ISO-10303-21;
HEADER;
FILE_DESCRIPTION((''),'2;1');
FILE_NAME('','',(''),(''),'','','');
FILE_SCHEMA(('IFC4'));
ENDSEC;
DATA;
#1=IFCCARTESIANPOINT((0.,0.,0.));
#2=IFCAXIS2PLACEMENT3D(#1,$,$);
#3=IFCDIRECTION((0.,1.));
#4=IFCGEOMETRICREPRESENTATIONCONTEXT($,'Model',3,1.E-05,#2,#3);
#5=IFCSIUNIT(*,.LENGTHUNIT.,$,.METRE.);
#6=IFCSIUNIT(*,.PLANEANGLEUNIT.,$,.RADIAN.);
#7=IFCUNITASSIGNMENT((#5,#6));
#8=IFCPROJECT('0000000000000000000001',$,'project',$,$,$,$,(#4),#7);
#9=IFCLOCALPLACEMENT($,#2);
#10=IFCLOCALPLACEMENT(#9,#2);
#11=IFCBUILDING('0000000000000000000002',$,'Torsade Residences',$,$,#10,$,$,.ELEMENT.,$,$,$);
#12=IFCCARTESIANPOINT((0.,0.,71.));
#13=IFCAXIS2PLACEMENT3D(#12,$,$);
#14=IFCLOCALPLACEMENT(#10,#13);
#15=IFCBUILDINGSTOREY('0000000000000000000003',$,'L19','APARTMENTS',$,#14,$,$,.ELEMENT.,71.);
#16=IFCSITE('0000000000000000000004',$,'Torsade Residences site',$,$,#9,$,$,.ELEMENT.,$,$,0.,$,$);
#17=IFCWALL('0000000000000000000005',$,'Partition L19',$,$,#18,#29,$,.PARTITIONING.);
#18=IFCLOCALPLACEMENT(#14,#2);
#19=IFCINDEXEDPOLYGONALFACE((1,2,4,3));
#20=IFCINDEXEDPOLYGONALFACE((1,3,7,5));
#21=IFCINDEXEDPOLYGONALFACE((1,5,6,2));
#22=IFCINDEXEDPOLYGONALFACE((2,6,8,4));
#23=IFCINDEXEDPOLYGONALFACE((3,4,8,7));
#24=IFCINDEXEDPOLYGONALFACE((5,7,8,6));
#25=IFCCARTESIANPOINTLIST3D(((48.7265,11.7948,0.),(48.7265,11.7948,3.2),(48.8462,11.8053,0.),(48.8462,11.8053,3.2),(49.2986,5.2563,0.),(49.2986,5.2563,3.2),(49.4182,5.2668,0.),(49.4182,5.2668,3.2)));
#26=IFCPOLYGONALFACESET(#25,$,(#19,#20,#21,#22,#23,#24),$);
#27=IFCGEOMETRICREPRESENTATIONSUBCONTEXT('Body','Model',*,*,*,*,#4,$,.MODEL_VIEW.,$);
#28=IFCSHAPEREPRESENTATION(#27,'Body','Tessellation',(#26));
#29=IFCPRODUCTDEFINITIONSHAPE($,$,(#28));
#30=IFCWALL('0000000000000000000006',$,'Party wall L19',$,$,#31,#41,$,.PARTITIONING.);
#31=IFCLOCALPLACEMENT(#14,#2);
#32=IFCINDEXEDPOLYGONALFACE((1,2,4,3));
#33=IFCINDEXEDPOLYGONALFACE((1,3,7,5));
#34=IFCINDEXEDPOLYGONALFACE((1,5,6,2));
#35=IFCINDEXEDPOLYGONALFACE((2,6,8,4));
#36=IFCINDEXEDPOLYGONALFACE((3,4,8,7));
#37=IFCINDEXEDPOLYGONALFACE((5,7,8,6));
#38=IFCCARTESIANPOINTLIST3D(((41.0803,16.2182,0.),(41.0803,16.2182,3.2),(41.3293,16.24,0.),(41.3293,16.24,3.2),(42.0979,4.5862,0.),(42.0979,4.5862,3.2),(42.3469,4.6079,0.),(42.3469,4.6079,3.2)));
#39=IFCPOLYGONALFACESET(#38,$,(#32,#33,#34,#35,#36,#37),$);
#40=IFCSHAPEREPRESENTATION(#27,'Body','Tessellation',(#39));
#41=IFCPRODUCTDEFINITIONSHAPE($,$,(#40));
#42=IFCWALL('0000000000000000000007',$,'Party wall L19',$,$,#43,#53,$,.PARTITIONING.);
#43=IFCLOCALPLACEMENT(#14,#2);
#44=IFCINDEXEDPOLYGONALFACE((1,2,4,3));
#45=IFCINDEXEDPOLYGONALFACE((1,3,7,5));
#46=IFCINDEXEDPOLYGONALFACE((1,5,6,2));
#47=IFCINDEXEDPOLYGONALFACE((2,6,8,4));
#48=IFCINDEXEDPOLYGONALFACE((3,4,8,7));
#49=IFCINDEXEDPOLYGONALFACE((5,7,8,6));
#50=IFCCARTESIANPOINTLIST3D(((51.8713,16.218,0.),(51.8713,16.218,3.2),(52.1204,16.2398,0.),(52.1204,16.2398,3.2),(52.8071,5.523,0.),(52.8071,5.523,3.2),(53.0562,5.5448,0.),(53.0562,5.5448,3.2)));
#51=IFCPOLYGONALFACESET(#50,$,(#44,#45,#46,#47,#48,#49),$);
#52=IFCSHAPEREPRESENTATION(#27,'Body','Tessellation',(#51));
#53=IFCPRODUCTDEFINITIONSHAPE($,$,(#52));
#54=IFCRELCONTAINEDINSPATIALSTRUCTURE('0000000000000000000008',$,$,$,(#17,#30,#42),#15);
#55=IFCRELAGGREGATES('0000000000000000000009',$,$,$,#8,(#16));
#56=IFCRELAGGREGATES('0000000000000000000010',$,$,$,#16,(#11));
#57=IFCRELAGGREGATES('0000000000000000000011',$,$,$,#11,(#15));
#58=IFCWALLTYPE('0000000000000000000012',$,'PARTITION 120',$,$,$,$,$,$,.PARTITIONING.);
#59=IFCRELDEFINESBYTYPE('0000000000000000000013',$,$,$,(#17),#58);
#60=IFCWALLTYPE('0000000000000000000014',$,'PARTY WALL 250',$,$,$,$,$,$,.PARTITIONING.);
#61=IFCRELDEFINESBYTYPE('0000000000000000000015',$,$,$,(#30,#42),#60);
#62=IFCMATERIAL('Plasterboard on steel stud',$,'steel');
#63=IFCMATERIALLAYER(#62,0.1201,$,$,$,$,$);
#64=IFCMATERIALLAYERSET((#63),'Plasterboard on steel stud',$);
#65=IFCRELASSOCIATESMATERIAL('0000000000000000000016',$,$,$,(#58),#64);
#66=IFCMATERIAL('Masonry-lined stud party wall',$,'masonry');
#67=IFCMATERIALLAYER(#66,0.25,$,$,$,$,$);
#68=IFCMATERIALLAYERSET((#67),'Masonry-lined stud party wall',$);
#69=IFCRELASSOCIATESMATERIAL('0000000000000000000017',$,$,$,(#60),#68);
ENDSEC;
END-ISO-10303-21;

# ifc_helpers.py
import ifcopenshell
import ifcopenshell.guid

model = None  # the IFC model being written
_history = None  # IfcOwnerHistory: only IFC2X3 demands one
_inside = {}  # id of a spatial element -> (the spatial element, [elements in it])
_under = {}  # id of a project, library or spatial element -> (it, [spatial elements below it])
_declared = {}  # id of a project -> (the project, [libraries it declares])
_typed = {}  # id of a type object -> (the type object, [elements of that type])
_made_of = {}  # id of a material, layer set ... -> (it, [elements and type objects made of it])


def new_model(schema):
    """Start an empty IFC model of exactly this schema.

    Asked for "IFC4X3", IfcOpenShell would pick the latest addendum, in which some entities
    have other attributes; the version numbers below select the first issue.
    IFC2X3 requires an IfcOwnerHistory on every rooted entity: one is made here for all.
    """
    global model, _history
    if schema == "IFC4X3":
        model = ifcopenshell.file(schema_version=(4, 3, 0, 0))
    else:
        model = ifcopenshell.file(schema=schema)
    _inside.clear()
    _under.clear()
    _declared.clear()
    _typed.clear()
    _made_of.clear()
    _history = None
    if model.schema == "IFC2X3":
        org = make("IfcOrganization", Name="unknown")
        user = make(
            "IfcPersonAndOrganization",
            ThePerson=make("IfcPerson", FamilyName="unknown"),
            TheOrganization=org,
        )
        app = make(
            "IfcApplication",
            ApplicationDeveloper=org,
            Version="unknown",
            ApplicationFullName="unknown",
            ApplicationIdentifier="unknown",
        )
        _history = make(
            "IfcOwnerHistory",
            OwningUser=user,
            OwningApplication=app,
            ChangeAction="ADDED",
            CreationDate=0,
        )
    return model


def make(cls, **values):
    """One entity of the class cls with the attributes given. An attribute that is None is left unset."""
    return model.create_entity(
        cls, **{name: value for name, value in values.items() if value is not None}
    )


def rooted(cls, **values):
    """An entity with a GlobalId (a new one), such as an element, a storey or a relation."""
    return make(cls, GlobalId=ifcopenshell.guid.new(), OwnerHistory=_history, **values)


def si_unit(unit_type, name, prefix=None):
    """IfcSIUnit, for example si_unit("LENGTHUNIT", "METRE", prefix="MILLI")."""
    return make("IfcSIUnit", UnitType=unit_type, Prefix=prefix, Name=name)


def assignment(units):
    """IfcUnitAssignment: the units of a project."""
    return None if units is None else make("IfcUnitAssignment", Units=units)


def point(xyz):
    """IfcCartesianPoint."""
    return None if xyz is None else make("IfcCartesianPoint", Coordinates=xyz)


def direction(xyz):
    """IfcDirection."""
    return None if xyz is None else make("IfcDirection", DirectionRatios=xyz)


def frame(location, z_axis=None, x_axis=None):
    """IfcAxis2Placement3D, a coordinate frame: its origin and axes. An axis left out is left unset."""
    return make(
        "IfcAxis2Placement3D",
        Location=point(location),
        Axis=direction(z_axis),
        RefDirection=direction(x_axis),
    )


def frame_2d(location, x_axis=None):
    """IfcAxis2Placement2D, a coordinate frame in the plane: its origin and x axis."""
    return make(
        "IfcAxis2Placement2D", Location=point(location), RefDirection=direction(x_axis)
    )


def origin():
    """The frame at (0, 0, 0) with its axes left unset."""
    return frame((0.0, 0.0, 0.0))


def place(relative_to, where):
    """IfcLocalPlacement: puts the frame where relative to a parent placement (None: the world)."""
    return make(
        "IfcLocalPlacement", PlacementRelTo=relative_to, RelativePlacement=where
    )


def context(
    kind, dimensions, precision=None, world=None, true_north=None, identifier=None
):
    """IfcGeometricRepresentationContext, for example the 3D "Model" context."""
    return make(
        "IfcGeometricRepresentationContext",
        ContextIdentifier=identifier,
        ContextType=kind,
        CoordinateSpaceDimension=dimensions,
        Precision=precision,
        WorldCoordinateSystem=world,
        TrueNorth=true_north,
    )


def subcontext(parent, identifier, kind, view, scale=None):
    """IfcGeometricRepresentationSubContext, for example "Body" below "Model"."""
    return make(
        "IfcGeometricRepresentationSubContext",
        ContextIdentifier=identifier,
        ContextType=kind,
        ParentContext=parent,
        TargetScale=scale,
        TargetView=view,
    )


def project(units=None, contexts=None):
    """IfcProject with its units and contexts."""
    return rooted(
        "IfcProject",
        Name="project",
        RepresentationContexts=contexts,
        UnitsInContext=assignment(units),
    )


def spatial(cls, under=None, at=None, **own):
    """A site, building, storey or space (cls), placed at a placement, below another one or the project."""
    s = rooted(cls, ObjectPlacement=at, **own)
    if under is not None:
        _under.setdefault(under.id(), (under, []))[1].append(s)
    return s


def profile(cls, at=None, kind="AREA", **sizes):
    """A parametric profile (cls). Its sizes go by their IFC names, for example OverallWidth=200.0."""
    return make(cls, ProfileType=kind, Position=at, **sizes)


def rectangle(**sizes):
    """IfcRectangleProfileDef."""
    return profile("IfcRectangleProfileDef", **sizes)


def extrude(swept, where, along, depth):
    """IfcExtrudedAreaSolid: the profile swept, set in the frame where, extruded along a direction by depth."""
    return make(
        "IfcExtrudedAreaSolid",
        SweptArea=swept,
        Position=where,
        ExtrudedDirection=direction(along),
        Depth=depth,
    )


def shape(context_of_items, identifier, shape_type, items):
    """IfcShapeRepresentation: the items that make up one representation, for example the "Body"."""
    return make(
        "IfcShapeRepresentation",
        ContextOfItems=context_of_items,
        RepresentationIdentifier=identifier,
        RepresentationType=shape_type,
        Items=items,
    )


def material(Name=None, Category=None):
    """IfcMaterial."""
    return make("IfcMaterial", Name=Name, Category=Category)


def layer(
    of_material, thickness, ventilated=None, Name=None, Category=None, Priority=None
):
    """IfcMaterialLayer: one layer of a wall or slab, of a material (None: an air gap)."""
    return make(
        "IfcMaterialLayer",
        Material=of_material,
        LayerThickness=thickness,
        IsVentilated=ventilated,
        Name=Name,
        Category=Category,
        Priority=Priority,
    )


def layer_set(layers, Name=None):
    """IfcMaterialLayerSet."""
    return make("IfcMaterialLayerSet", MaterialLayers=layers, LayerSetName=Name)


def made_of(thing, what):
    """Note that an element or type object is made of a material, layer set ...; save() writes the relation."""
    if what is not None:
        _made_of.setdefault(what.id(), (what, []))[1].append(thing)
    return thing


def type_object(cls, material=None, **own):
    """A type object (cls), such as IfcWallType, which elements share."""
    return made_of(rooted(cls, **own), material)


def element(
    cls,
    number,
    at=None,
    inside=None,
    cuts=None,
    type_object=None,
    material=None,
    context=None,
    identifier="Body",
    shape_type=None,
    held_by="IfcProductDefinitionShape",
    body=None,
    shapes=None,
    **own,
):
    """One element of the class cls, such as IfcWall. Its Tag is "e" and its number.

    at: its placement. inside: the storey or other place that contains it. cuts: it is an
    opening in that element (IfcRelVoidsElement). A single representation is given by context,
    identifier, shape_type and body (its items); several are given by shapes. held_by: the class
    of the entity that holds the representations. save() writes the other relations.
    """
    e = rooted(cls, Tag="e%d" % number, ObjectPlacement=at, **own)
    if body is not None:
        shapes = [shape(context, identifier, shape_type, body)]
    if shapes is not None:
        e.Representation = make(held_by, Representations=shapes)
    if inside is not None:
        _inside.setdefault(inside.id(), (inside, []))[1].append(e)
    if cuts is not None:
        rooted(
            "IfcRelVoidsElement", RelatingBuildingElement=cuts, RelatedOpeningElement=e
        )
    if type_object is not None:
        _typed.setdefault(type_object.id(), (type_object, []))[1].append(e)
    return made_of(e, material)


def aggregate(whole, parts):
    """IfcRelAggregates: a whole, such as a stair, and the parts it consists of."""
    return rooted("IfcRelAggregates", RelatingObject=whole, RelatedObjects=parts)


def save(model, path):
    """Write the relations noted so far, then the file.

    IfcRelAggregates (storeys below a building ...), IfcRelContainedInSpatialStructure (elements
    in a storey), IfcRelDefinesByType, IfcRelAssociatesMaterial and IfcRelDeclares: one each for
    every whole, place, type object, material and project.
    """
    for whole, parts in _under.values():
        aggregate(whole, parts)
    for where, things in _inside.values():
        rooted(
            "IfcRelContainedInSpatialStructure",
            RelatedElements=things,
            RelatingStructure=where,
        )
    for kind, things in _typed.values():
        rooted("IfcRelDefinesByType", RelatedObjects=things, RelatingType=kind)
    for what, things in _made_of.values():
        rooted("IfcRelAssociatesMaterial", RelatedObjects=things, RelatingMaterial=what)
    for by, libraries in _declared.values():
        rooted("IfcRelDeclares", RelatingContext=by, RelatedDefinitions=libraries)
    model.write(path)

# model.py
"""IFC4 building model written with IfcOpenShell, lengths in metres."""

from ifc_helpers import new_model, si_unit, direction, frame, frame_2d, origin, place, context, subcontext, project, spatial, rectangle, extrude, material, layer, layer_set, type_object, element, save


model = new_model("IFC4")

# Units and contexts
model_context = context("Model", 3, precision=1e-05, world=origin(), true_north=direction((0.0, 1.0)))
body_context = subcontext(model_context, "Body", "Model", "MODEL_VIEW")
ifc_project = project(units=[si_unit("LENGTHUNIT", "METRE"), si_unit("PLANEANGLEUNIT", "RADIAN")], contexts=[model_context])

# Site, building, storey
site_placement = place(None, origin())
site = spatial("IfcSite", under=ifc_project, at=site_placement, Name="Torsade Residences site", CompositionType="ELEMENT", RefElevation=0.0)
building_placement = place(site_placement, origin())
building = spatial("IfcBuilding", under=site, at=building_placement, Name="Torsade Residences", CompositionType="ELEMENT")
storey_placement = place(building_placement, frame((0.0, 0.0, 71.0)))
storey = spatial("IfcBuildingStorey", under=building, at=storey_placement, Name="L19", Description="APARTMENTS", CompositionType="ELEMENT", Elevation=71.0)

# Shared definitions
ifc_material_1 = material(Name="Plasterboard on steel stud", Category="steel")
ifc_layer_1 = layer(ifc_material_1, 0.1201)
ifc_layer_set_1 = layer_set([ifc_layer_1], Name="Plasterboard on steel stud")
wall_type_1 = type_object("IfcWallType", Name="PARTITION 120", PredefinedType="PARTITIONING", material=ifc_layer_set_1)

# Walls
wall_1_placement = place(storey_placement, frame((48.7864, 11.8, 0.0), z_axis=(0.0, 0.0, 1.0), x_axis=(0.087151, -0.996195, 0.0)))
element("IfcWall", 1, at=wall_1_placement, inside=storey, type_object=wall_type_1, Name="Partition L19", PredefinedType="PARTITIONING", context=body_context, shape_type="SweptSolid", body=[
    extrude(rectangle(XDim=6.5635, YDim=0.1201, at=frame_2d((3.2817, 0.0))), origin(), (0.0, 0.0, 1.0), 3.2),
])
ifc_material_2 = material(Name="Masonry-lined stud party wall", Category="masonry")
ifc_layer_2 = layer(ifc_material_2, 0.25)
ifc_layer_set_2 = layer_set([ifc_layer_2], Name="Masonry-lined stud party wall")
wall_type_2 = type_object("IfcWallType", Name="PARTY WALL 250", PredefinedType="PARTITIONING", material=ifc_layer_set_2)
wall_2_placement = place(storey_placement, frame((42.2224, 4.5969, 0.0), z_axis=(0.0, 0.0, 1.0), x_axis=(-0.087147, 0.996195, 0.0)))
element("IfcWall", 2, at=wall_2_placement, inside=storey, type_object=wall_type_2, Name="Party wall L19", PredefinedType="PARTITIONING", context=body_context, shape_type="SweptSolid", body=[
    extrude(rectangle(XDim=11.6765, YDim=0.25, at=frame_2d((5.8384, 0.0))), origin(), (0.0, 0.0, 1.0), 3.2),
])
wall_3_placement = place(storey_placement, frame((52.9316, 5.5339, 0.0), z_axis=(0.0, 0.0, 1.0), x_axis=(-0.087164, 0.996194, 0.0)))
element("IfcWall", 3, at=wall_3_placement, inside=storey, type_object=wall_type_2, Name="Party wall L19", PredefinedType="PARTITIONING", context=body_context, shape_type="SweptSolid", body=[
    extrude(rectangle(XDim=10.7358, YDim=0.25, at=frame_2d((5.3679, 0.0))), origin(), (0.0, 0.0, 1.0), 3.2),
])

save(model, "model.ifc")
